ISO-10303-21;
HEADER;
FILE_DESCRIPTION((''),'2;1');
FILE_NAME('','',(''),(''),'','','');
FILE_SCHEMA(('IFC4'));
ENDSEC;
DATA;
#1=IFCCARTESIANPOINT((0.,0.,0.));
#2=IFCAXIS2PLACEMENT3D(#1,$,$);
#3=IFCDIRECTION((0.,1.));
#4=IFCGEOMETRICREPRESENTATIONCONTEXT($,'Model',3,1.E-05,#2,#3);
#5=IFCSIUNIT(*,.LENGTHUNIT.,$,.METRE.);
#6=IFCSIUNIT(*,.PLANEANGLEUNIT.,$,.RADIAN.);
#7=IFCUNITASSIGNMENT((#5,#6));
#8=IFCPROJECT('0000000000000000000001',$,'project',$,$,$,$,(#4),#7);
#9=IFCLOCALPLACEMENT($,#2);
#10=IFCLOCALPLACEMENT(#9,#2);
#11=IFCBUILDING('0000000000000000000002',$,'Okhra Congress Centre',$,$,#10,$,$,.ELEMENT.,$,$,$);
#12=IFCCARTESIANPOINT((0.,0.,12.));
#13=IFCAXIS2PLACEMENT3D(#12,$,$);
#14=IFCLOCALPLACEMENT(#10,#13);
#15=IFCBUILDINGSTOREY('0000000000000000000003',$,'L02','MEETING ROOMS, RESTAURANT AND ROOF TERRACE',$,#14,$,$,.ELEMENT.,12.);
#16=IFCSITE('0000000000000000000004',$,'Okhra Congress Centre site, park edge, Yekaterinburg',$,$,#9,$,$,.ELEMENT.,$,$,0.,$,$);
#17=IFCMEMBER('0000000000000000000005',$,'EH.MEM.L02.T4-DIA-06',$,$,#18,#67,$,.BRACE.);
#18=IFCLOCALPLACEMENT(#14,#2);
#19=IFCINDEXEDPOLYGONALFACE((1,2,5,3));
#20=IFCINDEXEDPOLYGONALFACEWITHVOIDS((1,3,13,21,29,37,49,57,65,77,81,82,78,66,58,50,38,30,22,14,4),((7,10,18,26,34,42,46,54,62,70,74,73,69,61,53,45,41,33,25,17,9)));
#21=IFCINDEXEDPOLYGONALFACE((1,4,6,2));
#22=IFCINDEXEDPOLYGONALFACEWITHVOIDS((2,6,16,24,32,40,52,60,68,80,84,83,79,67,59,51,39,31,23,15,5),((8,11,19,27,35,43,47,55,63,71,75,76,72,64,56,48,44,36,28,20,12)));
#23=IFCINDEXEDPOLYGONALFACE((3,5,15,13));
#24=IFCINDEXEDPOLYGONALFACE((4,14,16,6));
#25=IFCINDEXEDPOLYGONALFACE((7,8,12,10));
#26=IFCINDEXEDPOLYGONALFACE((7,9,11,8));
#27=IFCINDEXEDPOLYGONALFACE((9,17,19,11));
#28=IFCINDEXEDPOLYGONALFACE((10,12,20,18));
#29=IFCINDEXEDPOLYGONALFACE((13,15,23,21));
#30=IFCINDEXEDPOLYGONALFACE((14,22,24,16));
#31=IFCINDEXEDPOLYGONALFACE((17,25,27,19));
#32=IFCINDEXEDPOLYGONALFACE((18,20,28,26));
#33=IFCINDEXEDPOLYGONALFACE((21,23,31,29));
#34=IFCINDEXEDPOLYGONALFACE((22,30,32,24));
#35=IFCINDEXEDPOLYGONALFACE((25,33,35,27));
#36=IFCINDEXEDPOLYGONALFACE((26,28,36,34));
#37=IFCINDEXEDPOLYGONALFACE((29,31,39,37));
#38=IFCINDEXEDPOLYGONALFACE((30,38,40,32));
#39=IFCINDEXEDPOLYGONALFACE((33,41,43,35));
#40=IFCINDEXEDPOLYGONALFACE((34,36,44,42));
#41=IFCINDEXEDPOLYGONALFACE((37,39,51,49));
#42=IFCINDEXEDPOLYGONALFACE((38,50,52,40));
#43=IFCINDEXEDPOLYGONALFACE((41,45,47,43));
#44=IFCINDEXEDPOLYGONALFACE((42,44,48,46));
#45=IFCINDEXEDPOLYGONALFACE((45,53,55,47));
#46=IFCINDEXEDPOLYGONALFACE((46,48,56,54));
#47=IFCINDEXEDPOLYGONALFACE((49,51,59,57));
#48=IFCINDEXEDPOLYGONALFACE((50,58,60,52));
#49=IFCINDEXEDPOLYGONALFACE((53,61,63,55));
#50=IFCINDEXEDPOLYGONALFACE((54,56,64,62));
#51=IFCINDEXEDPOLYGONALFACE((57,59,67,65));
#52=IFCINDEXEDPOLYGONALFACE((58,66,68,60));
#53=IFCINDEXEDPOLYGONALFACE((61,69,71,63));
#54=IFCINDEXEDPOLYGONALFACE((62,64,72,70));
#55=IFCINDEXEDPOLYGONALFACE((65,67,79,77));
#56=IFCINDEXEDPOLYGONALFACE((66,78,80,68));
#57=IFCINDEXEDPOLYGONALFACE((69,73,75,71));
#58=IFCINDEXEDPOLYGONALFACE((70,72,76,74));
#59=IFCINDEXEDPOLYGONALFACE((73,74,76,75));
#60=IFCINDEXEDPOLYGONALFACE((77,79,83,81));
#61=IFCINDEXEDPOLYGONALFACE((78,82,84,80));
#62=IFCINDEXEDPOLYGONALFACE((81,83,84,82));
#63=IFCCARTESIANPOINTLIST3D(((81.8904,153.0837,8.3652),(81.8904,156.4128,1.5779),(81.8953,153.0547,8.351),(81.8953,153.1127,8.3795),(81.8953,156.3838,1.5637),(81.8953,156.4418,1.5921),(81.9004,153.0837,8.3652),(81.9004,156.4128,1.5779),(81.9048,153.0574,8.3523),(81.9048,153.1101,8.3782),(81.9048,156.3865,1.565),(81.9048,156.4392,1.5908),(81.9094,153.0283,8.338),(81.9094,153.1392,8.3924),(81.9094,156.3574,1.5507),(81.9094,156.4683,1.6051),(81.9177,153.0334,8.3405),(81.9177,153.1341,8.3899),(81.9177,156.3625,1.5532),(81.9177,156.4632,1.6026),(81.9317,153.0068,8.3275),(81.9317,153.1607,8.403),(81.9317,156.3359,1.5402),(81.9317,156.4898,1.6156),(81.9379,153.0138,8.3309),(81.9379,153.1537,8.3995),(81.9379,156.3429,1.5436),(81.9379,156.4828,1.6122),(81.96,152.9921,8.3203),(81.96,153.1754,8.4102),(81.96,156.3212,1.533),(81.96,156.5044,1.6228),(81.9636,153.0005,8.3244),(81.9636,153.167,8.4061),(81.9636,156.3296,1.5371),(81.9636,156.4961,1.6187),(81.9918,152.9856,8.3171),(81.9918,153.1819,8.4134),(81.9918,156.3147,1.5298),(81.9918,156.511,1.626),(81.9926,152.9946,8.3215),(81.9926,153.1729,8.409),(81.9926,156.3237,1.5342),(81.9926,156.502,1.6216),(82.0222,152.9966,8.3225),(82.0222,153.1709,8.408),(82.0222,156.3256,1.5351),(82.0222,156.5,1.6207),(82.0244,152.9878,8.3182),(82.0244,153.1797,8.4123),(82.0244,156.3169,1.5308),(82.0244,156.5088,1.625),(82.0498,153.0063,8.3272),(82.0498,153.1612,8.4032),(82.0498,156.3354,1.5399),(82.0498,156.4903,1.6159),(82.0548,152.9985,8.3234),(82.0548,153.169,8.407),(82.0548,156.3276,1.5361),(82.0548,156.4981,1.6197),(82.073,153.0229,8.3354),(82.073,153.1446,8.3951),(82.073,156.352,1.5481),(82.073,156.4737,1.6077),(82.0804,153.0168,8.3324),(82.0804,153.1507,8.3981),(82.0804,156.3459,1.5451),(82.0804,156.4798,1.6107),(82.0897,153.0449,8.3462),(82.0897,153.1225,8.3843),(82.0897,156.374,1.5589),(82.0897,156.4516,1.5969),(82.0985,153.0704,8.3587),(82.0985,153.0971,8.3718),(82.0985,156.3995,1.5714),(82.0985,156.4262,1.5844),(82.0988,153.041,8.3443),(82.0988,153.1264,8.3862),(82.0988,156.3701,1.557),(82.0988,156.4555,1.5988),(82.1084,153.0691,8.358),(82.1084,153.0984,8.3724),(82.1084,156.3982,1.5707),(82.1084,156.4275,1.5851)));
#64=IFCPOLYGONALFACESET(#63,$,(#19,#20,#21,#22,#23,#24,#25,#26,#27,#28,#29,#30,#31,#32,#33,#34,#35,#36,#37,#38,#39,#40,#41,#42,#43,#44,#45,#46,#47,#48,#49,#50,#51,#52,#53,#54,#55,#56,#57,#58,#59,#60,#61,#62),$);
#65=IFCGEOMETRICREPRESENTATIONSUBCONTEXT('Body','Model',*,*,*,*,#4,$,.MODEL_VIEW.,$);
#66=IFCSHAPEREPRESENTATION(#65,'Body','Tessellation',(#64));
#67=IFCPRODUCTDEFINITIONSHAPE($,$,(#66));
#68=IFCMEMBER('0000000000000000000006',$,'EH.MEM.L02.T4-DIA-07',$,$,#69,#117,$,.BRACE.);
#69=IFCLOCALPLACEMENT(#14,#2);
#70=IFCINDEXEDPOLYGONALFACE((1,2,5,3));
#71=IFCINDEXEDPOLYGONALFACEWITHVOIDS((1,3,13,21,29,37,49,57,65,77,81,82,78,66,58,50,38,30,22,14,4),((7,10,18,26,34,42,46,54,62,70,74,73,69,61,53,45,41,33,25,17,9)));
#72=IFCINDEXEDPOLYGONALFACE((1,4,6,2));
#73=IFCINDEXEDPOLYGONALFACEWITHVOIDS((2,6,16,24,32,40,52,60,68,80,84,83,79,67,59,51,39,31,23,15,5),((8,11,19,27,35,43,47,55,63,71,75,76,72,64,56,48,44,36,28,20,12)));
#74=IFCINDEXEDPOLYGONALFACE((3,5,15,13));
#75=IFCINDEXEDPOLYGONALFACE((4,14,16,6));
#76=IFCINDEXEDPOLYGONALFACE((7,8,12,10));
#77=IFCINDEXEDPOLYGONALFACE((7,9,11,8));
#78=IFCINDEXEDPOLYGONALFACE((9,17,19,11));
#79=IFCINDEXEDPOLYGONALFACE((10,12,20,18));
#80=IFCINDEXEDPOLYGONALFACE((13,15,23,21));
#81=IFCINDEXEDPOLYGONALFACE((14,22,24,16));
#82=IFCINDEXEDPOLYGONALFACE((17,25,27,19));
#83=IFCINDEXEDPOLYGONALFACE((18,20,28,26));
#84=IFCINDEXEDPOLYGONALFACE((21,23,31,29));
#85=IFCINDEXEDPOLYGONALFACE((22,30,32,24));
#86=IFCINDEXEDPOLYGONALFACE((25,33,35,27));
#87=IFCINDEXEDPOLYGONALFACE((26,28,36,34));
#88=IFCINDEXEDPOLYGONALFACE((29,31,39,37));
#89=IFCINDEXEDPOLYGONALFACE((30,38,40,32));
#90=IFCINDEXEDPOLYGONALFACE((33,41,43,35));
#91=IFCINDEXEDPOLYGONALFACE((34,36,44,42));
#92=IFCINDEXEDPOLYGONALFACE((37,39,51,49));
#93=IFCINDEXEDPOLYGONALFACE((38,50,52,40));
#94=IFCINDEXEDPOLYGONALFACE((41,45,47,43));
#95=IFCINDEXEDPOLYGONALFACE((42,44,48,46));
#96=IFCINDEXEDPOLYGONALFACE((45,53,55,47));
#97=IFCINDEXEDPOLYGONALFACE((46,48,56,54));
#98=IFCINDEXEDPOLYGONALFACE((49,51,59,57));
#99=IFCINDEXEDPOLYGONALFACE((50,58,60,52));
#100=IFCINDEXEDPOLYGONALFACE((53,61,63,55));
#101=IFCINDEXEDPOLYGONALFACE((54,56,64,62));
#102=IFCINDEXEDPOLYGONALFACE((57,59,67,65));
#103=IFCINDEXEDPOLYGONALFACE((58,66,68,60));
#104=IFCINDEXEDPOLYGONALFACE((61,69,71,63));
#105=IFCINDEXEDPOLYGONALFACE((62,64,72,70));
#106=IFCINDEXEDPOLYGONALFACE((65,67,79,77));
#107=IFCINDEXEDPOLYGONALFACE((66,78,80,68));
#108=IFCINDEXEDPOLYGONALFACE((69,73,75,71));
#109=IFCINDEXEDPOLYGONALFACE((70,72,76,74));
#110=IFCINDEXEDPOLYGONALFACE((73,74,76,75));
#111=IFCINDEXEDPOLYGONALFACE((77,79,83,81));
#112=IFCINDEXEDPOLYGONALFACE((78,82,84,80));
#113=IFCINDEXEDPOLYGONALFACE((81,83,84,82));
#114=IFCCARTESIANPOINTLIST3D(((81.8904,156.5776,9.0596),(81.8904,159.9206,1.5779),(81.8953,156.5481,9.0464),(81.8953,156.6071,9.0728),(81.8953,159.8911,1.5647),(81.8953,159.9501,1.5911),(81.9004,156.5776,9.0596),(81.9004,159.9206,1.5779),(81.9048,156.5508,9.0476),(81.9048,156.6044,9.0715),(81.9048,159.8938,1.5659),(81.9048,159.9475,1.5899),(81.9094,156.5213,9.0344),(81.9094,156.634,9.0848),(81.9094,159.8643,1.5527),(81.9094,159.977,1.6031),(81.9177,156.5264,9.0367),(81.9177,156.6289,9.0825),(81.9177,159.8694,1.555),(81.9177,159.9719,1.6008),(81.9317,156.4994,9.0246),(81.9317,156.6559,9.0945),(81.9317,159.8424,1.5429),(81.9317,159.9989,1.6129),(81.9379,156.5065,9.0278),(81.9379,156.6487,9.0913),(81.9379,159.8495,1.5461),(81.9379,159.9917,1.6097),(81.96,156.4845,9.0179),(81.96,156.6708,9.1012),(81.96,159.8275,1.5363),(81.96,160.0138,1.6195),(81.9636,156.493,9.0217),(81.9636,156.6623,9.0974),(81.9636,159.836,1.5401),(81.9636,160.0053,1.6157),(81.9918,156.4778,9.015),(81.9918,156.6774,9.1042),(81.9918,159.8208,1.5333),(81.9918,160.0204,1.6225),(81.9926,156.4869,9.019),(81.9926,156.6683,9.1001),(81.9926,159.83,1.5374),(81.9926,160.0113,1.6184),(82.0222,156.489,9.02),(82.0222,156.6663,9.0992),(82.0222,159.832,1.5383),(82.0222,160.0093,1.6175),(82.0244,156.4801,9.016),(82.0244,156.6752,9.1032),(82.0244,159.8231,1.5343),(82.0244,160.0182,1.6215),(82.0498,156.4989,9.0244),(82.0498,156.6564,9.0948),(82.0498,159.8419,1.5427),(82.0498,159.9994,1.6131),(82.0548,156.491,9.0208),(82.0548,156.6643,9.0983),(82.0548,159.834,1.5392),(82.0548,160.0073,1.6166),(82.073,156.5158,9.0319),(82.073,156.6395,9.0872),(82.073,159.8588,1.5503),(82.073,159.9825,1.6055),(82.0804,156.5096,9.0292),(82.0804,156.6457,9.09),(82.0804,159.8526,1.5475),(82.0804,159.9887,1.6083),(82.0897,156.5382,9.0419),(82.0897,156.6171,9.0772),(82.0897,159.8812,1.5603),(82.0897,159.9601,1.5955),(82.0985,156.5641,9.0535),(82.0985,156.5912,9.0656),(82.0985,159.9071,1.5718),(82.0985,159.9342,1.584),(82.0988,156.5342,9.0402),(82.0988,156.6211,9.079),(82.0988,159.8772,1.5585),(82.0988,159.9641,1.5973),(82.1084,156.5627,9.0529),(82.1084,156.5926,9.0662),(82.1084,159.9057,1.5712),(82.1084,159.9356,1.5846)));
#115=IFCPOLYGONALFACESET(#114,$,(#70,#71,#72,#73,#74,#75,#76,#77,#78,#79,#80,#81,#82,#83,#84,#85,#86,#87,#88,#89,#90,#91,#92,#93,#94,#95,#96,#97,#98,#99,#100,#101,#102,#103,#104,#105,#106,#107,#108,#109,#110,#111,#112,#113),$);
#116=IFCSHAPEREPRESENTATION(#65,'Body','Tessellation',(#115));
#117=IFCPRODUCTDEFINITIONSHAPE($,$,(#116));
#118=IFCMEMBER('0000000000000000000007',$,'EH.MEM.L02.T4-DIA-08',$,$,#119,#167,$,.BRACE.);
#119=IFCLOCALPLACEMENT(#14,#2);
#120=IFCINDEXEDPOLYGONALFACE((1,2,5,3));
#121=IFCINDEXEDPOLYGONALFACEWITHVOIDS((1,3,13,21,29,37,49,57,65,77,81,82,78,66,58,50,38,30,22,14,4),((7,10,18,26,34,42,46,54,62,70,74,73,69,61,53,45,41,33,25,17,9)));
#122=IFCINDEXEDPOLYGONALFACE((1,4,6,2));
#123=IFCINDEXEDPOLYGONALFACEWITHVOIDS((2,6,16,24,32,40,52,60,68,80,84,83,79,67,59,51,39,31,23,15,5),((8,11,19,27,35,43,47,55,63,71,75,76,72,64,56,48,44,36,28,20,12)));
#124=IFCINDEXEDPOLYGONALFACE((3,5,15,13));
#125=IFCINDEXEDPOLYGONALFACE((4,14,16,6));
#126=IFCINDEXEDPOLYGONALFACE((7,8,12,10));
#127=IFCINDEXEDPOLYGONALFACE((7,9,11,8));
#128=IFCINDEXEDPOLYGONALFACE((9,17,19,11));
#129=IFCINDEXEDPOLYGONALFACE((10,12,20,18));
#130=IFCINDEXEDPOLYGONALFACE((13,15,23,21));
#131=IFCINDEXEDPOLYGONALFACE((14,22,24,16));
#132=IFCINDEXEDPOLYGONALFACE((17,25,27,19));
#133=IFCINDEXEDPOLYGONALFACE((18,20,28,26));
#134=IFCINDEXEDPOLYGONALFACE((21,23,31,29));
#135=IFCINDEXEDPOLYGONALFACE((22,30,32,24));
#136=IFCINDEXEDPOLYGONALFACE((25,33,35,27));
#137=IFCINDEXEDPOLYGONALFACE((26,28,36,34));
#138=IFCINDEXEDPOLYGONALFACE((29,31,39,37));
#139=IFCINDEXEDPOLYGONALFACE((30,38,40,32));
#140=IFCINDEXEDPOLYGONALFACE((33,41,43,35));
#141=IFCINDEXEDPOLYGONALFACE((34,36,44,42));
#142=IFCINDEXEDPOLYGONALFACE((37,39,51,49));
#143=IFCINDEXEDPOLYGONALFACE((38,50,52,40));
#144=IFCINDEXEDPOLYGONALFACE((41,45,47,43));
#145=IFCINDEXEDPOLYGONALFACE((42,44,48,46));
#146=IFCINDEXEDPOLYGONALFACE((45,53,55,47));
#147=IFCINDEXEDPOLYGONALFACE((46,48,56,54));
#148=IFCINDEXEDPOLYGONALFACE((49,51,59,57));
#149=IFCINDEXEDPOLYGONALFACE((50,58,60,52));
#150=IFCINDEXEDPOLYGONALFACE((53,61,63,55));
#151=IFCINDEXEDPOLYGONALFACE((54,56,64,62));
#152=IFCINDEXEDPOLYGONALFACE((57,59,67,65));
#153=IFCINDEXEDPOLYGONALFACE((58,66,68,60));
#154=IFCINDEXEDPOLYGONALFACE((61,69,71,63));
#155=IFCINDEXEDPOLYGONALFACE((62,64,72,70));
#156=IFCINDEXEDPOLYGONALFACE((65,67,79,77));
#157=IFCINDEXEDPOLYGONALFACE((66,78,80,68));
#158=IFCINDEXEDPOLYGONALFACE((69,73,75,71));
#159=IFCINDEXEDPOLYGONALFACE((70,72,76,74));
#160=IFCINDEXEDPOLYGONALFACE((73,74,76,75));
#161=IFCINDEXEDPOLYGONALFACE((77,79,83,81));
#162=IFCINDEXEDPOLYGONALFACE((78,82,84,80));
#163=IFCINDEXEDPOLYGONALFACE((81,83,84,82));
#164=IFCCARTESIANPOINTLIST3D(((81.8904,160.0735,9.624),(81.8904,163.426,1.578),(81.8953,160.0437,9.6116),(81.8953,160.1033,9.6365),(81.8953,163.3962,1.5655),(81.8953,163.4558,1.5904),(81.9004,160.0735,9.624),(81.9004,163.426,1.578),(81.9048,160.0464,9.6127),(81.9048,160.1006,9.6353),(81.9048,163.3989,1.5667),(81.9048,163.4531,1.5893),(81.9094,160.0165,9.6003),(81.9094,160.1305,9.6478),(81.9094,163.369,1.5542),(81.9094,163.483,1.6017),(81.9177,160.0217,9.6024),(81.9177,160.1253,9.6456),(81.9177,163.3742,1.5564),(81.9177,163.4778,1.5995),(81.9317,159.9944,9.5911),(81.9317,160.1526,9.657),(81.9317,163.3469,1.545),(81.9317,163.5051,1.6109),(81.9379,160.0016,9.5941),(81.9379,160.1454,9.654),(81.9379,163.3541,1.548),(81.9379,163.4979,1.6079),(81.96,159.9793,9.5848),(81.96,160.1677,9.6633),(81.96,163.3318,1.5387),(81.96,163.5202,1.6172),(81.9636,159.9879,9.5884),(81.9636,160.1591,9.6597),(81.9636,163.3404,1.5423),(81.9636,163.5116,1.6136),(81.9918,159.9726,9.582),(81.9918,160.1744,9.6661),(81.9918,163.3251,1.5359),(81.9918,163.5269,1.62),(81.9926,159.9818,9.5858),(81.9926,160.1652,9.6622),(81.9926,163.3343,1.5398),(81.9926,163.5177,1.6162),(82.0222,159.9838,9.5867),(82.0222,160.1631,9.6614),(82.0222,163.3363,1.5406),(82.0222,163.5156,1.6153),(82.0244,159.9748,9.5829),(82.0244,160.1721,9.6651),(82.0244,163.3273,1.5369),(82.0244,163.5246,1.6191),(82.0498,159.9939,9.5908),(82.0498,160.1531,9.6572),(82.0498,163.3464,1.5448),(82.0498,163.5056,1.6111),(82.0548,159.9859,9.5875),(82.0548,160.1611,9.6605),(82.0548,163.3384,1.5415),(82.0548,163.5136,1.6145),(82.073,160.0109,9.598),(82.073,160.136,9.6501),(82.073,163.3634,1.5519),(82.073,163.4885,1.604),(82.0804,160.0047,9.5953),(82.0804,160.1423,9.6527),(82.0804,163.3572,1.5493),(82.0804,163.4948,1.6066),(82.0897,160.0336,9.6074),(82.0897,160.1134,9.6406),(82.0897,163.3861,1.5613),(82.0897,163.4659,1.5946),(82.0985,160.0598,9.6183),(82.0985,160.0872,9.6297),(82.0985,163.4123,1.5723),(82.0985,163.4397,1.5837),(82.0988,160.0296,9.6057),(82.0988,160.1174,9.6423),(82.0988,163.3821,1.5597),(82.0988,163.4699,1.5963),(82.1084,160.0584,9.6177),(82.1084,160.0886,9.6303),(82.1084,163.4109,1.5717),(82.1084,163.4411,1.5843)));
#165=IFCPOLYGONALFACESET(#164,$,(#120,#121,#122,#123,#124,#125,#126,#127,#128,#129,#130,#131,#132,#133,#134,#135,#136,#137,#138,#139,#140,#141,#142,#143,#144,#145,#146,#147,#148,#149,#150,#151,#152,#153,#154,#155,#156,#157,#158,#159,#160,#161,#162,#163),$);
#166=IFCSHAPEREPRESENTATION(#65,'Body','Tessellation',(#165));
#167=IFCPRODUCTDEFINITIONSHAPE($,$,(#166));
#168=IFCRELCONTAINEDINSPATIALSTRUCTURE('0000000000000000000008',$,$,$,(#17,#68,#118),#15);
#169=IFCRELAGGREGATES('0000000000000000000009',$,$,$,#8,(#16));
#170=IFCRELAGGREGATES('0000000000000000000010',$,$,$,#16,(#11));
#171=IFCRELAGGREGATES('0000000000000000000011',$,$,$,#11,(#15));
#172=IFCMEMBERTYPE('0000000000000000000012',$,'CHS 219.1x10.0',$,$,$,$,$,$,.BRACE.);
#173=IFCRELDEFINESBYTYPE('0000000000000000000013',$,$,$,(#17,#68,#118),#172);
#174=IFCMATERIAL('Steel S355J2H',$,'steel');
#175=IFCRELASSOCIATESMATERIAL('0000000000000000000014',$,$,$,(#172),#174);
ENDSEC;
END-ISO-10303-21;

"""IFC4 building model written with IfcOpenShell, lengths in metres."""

from ifc_helpers import new_model, si_unit, direction, frame, origin, origin_2d, place, context, subcontext, project, spatial, hollow_circle, extrude, material, material_profile, profile_set, type_object, element, save


model = new_model("IFC4")

# Units and contexts
model_context = context("Model", 3, precision=1e-05, world=origin(), true_north=direction((0.0, 1.0)))
body_context = subcontext(model_context, "Body", "Model", "MODEL_VIEW")
ifc_project = project(units=[si_unit("LENGTHUNIT", "METRE"), si_unit("PLANEANGLEUNIT", "RADIAN")], contexts=[model_context])

# Site, building, storey
site_placement = place(None, origin())
site = spatial("IfcSite", under=ifc_project, at=site_placement, Name="Okhra Congress Centre site, park edge, Yekaterinburg", CompositionType="ELEMENT", RefElevation=0.0)
building_placement = place(site_placement, origin())
building = spatial("IfcBuilding", under=site, at=building_placement, Name="Okhra Congress Centre", CompositionType="ELEMENT")
storey_placement = place(building_placement, frame((0.0, 0.0, 12.0)))
storey = spatial("IfcBuildingStorey", under=building, at=storey_placement, Name="L02", Description="MEETING ROOMS, RESTAURANT AND ROOF TERRACE", CompositionType="ELEMENT", Elevation=12.0)

# Members
ifc_material_1 = material(Name="Steel S355J2H", Category="steel")
ifc_material_profile_1 = material_profile(ifc_material_1, hollow_circle(Radius=0.1096, WallThickness=0.01, at=origin_2d()), Name="CHS 219.1x10.0")
ifc_profile_set_1 = profile_set([ifc_material_profile_1], Name="Steel S355J2H")
member_type_1 = type_object("IfcMemberType", Name="CHS 219.1x10.0", PredefinedType="BRACE", material=ifc_profile_set_1)
member_1_placement = place(storey_placement, frame((82.0, 153.0837, 8.3652), z_axis=(0.0, 0.440367, -0.897818), x_axis=(-1.0, 0.0, 0.0)))
element("IfcMember", 1, at=member_1_placement, inside=storey, type_object=member_type_1, Name="EH.MEM.L02.T4-DIA-06", PredefinedType="BRACE", context=body_context, shape_type="SweptSolid", body=[
    extrude(hollow_circle(Radius=0.1096, WallThickness=0.01, at=origin_2d()), origin(), (0.0, 0.0, 1.0), 7.5598),
])
member_2_placement = place(storey_placement, frame((82.0, 156.5776, 9.0596), z_axis=(0.0, 0.407954, -0.913003), x_axis=(-1.0, 0.0, 0.0)))
element("IfcMember", 2, at=member_2_placement, inside=storey, type_object=member_type_1, Name="EH.MEM.L02.T4-DIA-07", PredefinedType="BRACE", context=body_context, shape_type="SweptSolid", body=[
    extrude(hollow_circle(Radius=0.1096, WallThickness=0.01, at=origin_2d()), origin(), (0.0, 0.0, 1.0), 8.1946),
])
member_3_placement = place(storey_placement, frame((82.0, 160.0735, 9.624), z_axis=(0.0, 0.384613, -0.923078), x_axis=(-1.0, 0.0, 0.0)))
element("IfcMember", 3, at=member_3_placement, inside=storey, type_object=member_type_1, Name="EH.MEM.L02.T4-DIA-08", PredefinedType="BRACE", context=body_context, shape_type="SweptSolid", body=[
    extrude(hollow_circle(Radius=0.1096, WallThickness=0.01, at=origin_2d()), origin(), (0.0, 0.0, 1.0), 8.7166),
])

save(model, "model.ifc")
